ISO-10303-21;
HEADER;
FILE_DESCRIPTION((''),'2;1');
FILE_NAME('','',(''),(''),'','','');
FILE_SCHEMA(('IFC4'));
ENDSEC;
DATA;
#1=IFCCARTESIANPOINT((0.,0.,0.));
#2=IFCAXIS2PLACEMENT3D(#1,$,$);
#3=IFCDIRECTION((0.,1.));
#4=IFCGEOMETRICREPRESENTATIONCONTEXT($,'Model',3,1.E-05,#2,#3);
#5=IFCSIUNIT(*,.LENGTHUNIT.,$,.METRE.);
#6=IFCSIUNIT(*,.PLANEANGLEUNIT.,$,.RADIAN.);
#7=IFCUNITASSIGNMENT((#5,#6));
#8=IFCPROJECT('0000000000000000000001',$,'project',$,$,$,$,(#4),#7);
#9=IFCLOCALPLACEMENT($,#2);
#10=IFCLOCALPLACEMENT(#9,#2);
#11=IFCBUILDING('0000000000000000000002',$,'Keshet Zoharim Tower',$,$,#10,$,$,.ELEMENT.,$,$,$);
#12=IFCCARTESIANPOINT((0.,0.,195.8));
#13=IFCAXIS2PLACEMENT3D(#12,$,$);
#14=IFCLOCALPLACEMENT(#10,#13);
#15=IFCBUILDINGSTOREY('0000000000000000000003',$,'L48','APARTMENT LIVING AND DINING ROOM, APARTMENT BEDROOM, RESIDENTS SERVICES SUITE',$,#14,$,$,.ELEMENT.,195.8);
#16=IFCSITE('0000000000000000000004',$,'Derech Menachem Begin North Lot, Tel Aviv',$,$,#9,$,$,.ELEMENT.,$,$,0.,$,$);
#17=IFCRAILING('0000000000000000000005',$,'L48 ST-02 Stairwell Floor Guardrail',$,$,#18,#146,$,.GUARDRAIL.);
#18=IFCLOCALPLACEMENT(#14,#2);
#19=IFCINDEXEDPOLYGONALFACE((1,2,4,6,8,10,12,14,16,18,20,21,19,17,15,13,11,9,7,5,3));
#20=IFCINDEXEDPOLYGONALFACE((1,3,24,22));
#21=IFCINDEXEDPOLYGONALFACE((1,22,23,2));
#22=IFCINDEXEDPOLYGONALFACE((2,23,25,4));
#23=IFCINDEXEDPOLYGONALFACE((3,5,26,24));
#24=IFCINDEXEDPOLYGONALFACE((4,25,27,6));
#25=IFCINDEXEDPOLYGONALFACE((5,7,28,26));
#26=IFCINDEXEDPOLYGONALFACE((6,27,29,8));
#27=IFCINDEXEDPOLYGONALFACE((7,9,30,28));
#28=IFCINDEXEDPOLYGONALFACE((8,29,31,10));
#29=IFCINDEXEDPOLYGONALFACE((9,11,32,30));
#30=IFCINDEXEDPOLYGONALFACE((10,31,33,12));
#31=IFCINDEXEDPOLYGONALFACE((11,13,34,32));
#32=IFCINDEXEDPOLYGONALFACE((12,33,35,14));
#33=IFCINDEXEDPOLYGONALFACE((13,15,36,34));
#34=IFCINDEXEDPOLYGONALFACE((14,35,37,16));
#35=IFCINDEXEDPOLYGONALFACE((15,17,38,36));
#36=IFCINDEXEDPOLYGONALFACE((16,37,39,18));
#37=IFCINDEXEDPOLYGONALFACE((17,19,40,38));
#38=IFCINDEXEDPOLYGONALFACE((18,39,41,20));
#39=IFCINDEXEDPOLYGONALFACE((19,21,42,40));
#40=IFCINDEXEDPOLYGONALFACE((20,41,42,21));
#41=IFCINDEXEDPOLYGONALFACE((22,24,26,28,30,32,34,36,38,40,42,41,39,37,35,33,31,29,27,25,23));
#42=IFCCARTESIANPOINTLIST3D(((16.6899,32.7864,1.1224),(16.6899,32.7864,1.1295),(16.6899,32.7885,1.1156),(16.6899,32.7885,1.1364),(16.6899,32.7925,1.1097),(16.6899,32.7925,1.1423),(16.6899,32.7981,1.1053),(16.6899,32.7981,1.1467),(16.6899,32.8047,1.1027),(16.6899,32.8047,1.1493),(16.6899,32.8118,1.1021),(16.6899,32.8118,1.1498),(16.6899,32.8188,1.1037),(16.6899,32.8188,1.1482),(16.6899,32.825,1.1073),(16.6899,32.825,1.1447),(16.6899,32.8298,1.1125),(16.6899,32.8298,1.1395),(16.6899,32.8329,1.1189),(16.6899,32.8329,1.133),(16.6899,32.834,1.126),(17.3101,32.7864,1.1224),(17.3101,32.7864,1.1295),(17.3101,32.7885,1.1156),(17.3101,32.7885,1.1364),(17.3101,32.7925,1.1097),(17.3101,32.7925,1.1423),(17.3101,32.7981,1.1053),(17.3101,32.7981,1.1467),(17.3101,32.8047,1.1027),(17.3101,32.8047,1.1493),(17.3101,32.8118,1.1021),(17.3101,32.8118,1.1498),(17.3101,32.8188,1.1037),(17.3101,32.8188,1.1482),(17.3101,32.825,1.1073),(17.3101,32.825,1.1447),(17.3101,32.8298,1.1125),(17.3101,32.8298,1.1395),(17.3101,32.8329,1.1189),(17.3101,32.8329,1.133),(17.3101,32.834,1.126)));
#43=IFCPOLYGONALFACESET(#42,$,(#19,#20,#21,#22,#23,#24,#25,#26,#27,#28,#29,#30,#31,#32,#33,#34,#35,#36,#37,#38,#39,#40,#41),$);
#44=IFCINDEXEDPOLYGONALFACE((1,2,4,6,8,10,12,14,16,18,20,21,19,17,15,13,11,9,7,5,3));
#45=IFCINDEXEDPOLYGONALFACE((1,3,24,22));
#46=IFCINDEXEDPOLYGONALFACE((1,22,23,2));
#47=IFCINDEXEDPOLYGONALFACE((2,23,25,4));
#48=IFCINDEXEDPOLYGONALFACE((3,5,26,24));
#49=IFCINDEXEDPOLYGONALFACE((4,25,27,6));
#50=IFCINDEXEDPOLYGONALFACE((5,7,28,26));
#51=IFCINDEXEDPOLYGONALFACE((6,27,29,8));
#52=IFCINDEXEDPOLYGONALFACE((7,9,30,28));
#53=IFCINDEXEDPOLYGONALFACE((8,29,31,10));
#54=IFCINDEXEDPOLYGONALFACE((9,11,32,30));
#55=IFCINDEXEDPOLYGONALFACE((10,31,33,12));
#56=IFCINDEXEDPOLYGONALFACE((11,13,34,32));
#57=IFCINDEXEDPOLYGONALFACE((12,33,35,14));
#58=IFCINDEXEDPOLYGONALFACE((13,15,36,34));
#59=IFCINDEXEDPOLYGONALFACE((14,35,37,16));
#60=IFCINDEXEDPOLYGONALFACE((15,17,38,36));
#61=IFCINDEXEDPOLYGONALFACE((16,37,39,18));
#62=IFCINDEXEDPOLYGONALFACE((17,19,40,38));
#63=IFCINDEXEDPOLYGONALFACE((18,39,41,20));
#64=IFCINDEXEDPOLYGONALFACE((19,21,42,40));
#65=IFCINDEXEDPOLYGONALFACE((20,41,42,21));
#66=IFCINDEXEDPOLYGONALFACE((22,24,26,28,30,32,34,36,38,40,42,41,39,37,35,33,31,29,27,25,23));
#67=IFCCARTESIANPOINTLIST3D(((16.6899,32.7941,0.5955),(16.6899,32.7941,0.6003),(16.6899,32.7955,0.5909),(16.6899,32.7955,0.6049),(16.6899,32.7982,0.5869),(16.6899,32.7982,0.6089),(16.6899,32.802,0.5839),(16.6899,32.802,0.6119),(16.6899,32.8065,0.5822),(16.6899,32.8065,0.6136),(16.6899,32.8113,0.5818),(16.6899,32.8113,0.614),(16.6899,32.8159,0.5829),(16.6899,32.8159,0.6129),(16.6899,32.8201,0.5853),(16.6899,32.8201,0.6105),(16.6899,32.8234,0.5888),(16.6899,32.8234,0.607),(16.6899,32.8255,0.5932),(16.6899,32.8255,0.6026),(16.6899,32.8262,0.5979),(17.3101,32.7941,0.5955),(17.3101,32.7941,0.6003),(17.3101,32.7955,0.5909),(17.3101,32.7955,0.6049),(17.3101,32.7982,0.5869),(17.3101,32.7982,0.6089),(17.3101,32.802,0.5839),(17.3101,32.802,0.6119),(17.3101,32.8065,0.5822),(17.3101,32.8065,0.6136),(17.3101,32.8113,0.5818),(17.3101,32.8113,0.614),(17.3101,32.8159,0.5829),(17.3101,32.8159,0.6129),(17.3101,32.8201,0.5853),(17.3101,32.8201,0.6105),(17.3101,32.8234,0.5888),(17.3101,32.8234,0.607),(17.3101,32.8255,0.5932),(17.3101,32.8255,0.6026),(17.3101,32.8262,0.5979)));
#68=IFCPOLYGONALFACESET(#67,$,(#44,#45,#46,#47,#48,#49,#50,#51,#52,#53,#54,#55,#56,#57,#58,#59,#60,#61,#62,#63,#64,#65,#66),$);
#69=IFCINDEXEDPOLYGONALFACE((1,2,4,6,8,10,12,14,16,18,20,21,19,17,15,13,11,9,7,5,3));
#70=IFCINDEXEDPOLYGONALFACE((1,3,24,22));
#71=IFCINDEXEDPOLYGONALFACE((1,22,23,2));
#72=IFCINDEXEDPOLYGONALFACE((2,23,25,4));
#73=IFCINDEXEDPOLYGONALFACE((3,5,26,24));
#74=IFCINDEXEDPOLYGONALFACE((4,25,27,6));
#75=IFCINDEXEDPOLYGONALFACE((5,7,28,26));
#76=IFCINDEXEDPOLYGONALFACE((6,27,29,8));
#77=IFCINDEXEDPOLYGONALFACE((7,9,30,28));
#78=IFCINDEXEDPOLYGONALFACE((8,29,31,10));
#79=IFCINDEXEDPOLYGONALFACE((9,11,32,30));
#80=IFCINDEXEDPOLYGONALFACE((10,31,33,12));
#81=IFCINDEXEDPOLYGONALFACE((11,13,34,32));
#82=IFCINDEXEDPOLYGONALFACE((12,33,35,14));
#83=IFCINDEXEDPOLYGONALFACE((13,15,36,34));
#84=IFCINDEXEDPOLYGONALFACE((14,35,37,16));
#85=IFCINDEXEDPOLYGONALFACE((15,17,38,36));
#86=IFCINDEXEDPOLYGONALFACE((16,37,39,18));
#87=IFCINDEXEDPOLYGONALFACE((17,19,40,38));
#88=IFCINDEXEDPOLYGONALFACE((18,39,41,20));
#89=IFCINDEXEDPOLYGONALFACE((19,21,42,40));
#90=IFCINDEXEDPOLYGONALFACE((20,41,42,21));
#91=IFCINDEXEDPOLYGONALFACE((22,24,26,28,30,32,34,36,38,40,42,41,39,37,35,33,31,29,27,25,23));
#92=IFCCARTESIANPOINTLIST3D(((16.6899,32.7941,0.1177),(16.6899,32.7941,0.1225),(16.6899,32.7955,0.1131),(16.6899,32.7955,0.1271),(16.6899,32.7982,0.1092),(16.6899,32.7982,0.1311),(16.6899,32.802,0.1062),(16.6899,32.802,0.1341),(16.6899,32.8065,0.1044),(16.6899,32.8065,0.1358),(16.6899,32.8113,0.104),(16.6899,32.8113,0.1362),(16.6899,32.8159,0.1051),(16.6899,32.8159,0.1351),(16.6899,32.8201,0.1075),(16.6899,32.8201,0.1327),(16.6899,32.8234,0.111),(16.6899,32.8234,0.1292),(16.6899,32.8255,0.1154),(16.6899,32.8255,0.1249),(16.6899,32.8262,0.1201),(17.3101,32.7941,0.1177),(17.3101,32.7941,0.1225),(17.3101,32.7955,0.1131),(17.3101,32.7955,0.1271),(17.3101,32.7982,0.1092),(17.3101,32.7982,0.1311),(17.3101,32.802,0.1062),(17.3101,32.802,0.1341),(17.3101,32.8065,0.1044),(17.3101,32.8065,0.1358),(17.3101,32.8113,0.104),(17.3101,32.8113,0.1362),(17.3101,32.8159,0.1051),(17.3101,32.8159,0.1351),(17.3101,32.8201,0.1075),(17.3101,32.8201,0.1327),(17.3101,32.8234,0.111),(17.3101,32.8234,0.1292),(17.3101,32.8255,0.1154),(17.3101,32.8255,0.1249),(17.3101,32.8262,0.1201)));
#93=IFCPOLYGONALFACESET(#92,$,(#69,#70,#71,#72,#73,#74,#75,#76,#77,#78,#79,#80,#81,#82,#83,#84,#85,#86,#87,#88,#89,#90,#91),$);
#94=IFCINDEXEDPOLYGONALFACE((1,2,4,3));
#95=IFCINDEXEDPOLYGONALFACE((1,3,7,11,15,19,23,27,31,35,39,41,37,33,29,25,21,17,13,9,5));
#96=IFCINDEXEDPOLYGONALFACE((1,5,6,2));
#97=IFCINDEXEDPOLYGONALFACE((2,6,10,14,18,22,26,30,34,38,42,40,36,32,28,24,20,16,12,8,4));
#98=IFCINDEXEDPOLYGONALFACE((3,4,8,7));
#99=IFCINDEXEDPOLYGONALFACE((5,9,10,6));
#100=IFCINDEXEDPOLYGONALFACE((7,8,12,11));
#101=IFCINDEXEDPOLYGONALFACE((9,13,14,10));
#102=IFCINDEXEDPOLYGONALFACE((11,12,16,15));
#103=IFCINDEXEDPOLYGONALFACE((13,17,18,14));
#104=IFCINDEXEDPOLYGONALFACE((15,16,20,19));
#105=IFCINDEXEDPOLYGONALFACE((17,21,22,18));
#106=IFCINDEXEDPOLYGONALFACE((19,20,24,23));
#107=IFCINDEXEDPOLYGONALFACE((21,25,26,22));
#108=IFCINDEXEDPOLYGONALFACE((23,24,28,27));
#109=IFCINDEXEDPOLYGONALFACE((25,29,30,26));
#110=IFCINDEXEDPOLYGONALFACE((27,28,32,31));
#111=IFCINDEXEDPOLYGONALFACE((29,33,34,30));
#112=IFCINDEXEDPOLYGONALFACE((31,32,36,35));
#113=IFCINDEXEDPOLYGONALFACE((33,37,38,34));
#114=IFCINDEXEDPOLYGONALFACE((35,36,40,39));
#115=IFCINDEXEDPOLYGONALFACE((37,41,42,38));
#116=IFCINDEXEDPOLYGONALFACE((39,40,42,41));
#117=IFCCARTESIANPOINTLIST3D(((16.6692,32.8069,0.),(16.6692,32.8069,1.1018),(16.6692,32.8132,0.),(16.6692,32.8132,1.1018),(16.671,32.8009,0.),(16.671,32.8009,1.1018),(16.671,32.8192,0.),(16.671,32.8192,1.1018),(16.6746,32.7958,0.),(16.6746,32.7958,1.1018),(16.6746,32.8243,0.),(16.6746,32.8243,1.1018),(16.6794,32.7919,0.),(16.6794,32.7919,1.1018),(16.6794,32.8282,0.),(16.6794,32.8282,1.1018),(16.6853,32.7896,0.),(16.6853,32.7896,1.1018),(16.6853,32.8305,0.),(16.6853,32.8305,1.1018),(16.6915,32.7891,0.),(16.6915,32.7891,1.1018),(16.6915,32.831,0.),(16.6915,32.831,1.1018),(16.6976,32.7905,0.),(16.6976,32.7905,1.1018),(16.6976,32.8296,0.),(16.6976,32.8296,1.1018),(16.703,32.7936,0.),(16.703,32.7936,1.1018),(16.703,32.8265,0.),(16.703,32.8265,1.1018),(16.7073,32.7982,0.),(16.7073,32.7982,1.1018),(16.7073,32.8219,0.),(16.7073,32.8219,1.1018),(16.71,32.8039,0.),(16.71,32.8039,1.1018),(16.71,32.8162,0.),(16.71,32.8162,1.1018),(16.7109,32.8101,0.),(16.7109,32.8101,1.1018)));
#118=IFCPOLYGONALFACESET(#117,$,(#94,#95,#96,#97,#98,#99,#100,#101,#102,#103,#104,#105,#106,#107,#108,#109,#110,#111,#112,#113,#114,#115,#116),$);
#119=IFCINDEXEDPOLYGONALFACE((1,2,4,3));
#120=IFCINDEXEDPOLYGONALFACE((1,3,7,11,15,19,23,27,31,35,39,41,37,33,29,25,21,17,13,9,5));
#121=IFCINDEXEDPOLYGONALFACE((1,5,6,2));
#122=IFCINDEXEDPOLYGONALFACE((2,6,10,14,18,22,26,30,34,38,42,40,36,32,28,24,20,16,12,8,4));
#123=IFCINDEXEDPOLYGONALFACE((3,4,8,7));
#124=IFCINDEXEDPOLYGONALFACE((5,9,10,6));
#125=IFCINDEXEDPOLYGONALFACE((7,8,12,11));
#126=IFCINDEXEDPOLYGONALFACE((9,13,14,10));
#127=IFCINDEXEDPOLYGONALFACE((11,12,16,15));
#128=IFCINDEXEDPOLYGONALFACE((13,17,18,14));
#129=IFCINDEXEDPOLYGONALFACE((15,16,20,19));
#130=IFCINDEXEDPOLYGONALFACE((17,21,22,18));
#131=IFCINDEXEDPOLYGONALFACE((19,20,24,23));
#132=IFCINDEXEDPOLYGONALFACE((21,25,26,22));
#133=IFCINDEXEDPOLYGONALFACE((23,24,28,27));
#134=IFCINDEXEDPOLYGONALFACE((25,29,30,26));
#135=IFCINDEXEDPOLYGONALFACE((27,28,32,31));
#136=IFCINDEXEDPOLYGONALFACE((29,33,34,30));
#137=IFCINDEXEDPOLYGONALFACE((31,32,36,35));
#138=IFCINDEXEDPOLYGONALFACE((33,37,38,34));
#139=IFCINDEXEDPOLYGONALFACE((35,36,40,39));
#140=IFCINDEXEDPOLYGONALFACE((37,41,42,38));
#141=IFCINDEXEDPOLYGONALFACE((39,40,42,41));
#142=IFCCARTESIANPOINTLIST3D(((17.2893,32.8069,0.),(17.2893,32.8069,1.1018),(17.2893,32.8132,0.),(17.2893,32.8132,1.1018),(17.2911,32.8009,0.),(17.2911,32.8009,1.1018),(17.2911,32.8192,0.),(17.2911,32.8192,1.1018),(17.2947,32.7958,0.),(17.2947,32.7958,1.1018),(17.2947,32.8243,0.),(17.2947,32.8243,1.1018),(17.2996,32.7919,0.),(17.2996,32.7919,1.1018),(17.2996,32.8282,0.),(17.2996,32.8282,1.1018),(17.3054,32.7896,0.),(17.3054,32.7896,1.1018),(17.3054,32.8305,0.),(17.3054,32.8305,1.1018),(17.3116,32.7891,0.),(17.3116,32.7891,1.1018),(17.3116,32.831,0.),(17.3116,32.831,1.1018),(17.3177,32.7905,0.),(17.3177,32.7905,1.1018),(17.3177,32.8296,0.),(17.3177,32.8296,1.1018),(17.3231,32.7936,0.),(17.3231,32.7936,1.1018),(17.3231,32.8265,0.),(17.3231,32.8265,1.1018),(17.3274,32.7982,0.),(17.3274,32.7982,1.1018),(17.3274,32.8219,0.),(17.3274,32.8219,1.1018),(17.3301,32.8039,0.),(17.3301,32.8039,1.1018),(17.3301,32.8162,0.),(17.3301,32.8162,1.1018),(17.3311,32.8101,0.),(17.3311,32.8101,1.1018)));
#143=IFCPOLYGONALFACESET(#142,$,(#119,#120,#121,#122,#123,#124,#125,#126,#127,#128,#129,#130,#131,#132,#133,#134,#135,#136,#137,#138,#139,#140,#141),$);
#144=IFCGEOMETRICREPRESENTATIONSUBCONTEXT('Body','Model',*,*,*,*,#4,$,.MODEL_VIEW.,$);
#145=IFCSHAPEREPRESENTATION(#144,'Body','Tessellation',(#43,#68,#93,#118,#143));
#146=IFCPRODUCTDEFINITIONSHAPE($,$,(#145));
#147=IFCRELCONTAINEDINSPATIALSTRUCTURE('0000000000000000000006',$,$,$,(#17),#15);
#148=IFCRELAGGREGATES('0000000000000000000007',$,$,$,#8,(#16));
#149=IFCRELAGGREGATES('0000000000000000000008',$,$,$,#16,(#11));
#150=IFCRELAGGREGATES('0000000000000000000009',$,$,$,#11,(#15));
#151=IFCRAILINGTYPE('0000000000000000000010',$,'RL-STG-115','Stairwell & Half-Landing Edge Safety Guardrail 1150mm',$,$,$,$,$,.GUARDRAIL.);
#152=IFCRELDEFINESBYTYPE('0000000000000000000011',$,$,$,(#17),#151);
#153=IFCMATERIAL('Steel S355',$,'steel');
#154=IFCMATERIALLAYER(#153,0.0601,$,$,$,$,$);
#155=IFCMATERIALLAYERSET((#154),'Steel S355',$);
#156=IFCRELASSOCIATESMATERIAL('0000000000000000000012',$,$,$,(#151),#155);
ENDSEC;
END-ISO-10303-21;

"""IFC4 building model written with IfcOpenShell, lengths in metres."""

from ifc_helpers import new_model, si_unit, direction, frame, origin, origin_2d, place, context, subcontext, project, spatial, circle, extrude, material, layer, layer_set, type_object, element, save


model = new_model("IFC4")

# Units and contexts
model_context = context("Model", 3, precision=1e-05, world=origin(), true_north=direction((0.0, 1.0)))
body_context = subcontext(model_context, "Body", "Model", "MODEL_VIEW")
ifc_project = project(units=[si_unit("LENGTHUNIT", "METRE"), si_unit("PLANEANGLEUNIT", "RADIAN")], contexts=[model_context])

# Site, building, storey
site_placement = place(None, origin())
site = spatial("IfcSite", under=ifc_project, at=site_placement, Name="Derech Menachem Begin North Lot, Tel Aviv", CompositionType="ELEMENT", RefElevation=0.0)
building_placement = place(site_placement, origin())
building = spatial("IfcBuilding", under=site, at=building_placement, Name="Keshet Zoharim Tower", CompositionType="ELEMENT")
storey_placement = place(building_placement, frame((0.0, 0.0, 195.8)))
storey = spatial("IfcBuildingStorey", under=building, at=storey_placement, Name="L48", Description="APARTMENT LIVING AND DINING ROOM, APARTMENT BEDROOM, RESIDENTS SERVICES SUITE", CompositionType="ELEMENT", Elevation=195.8)

# Shared definitions
ifc_material_1 = material(Name="Steel S355", Category="steel")

# Railing
ifc_layer_1 = layer(ifc_material_1, 0.0601)
ifc_layer_set_1 = layer_set([ifc_layer_1], Name="Steel S355")
railing_type_1 = type_object("IfcRailingType", Name="RL-STG-115", Description="Stairwell & Half-Landing Edge Safety Guardrail 1150mm", PredefinedType="GUARDRAIL", material=ifc_layer_set_1)
railing_1_placement = place(storey_placement, frame((16.6899, 32.8101, 0.0)))
element("IfcRailing", 1, at=railing_1_placement, inside=storey, type_object=railing_type_1, Name="L48 ST-02 Stairwell Floor Guardrail", PredefinedType="GUARDRAIL", context=body_context, shape_type="SweptSolid", body=[
    extrude(circle(Radius=0.0239, at=origin_2d()), frame((0.0, 0.0, 1.126), z_axis=(1.0, 0.0, 0.0), x_axis=(0.0, 1.0, 0.0)), (0.0, 0.0, 1.0), 0.6201),
    extrude(circle(Radius=0.0161, at=origin_2d()), frame((0.0, 0.0, 0.5979), z_axis=(1.0, 0.0, 0.0), x_axis=(0.0, 1.0, 0.0)), (0.0, 0.0, 1.0), 0.6201),
    extrude(circle(Radius=0.0161, at=origin_2d()), frame((0.0, 0.0, 0.1201), z_axis=(1.0, 0.0, 0.0), x_axis=(0.0, 1.0, 0.0)), (0.0, 0.0, 1.0), 0.6201),
    extrude(circle(Radius=0.021, at=origin_2d()), origin(), (0.0, 0.0, 1.0), 1.1018),
    extrude(circle(Radius=0.021, at=origin_2d()), frame((0.6201, 0.0, 0.0)), (0.0, 0.0, 1.0), 1.1018),
])

save(model, "model.ifc")
